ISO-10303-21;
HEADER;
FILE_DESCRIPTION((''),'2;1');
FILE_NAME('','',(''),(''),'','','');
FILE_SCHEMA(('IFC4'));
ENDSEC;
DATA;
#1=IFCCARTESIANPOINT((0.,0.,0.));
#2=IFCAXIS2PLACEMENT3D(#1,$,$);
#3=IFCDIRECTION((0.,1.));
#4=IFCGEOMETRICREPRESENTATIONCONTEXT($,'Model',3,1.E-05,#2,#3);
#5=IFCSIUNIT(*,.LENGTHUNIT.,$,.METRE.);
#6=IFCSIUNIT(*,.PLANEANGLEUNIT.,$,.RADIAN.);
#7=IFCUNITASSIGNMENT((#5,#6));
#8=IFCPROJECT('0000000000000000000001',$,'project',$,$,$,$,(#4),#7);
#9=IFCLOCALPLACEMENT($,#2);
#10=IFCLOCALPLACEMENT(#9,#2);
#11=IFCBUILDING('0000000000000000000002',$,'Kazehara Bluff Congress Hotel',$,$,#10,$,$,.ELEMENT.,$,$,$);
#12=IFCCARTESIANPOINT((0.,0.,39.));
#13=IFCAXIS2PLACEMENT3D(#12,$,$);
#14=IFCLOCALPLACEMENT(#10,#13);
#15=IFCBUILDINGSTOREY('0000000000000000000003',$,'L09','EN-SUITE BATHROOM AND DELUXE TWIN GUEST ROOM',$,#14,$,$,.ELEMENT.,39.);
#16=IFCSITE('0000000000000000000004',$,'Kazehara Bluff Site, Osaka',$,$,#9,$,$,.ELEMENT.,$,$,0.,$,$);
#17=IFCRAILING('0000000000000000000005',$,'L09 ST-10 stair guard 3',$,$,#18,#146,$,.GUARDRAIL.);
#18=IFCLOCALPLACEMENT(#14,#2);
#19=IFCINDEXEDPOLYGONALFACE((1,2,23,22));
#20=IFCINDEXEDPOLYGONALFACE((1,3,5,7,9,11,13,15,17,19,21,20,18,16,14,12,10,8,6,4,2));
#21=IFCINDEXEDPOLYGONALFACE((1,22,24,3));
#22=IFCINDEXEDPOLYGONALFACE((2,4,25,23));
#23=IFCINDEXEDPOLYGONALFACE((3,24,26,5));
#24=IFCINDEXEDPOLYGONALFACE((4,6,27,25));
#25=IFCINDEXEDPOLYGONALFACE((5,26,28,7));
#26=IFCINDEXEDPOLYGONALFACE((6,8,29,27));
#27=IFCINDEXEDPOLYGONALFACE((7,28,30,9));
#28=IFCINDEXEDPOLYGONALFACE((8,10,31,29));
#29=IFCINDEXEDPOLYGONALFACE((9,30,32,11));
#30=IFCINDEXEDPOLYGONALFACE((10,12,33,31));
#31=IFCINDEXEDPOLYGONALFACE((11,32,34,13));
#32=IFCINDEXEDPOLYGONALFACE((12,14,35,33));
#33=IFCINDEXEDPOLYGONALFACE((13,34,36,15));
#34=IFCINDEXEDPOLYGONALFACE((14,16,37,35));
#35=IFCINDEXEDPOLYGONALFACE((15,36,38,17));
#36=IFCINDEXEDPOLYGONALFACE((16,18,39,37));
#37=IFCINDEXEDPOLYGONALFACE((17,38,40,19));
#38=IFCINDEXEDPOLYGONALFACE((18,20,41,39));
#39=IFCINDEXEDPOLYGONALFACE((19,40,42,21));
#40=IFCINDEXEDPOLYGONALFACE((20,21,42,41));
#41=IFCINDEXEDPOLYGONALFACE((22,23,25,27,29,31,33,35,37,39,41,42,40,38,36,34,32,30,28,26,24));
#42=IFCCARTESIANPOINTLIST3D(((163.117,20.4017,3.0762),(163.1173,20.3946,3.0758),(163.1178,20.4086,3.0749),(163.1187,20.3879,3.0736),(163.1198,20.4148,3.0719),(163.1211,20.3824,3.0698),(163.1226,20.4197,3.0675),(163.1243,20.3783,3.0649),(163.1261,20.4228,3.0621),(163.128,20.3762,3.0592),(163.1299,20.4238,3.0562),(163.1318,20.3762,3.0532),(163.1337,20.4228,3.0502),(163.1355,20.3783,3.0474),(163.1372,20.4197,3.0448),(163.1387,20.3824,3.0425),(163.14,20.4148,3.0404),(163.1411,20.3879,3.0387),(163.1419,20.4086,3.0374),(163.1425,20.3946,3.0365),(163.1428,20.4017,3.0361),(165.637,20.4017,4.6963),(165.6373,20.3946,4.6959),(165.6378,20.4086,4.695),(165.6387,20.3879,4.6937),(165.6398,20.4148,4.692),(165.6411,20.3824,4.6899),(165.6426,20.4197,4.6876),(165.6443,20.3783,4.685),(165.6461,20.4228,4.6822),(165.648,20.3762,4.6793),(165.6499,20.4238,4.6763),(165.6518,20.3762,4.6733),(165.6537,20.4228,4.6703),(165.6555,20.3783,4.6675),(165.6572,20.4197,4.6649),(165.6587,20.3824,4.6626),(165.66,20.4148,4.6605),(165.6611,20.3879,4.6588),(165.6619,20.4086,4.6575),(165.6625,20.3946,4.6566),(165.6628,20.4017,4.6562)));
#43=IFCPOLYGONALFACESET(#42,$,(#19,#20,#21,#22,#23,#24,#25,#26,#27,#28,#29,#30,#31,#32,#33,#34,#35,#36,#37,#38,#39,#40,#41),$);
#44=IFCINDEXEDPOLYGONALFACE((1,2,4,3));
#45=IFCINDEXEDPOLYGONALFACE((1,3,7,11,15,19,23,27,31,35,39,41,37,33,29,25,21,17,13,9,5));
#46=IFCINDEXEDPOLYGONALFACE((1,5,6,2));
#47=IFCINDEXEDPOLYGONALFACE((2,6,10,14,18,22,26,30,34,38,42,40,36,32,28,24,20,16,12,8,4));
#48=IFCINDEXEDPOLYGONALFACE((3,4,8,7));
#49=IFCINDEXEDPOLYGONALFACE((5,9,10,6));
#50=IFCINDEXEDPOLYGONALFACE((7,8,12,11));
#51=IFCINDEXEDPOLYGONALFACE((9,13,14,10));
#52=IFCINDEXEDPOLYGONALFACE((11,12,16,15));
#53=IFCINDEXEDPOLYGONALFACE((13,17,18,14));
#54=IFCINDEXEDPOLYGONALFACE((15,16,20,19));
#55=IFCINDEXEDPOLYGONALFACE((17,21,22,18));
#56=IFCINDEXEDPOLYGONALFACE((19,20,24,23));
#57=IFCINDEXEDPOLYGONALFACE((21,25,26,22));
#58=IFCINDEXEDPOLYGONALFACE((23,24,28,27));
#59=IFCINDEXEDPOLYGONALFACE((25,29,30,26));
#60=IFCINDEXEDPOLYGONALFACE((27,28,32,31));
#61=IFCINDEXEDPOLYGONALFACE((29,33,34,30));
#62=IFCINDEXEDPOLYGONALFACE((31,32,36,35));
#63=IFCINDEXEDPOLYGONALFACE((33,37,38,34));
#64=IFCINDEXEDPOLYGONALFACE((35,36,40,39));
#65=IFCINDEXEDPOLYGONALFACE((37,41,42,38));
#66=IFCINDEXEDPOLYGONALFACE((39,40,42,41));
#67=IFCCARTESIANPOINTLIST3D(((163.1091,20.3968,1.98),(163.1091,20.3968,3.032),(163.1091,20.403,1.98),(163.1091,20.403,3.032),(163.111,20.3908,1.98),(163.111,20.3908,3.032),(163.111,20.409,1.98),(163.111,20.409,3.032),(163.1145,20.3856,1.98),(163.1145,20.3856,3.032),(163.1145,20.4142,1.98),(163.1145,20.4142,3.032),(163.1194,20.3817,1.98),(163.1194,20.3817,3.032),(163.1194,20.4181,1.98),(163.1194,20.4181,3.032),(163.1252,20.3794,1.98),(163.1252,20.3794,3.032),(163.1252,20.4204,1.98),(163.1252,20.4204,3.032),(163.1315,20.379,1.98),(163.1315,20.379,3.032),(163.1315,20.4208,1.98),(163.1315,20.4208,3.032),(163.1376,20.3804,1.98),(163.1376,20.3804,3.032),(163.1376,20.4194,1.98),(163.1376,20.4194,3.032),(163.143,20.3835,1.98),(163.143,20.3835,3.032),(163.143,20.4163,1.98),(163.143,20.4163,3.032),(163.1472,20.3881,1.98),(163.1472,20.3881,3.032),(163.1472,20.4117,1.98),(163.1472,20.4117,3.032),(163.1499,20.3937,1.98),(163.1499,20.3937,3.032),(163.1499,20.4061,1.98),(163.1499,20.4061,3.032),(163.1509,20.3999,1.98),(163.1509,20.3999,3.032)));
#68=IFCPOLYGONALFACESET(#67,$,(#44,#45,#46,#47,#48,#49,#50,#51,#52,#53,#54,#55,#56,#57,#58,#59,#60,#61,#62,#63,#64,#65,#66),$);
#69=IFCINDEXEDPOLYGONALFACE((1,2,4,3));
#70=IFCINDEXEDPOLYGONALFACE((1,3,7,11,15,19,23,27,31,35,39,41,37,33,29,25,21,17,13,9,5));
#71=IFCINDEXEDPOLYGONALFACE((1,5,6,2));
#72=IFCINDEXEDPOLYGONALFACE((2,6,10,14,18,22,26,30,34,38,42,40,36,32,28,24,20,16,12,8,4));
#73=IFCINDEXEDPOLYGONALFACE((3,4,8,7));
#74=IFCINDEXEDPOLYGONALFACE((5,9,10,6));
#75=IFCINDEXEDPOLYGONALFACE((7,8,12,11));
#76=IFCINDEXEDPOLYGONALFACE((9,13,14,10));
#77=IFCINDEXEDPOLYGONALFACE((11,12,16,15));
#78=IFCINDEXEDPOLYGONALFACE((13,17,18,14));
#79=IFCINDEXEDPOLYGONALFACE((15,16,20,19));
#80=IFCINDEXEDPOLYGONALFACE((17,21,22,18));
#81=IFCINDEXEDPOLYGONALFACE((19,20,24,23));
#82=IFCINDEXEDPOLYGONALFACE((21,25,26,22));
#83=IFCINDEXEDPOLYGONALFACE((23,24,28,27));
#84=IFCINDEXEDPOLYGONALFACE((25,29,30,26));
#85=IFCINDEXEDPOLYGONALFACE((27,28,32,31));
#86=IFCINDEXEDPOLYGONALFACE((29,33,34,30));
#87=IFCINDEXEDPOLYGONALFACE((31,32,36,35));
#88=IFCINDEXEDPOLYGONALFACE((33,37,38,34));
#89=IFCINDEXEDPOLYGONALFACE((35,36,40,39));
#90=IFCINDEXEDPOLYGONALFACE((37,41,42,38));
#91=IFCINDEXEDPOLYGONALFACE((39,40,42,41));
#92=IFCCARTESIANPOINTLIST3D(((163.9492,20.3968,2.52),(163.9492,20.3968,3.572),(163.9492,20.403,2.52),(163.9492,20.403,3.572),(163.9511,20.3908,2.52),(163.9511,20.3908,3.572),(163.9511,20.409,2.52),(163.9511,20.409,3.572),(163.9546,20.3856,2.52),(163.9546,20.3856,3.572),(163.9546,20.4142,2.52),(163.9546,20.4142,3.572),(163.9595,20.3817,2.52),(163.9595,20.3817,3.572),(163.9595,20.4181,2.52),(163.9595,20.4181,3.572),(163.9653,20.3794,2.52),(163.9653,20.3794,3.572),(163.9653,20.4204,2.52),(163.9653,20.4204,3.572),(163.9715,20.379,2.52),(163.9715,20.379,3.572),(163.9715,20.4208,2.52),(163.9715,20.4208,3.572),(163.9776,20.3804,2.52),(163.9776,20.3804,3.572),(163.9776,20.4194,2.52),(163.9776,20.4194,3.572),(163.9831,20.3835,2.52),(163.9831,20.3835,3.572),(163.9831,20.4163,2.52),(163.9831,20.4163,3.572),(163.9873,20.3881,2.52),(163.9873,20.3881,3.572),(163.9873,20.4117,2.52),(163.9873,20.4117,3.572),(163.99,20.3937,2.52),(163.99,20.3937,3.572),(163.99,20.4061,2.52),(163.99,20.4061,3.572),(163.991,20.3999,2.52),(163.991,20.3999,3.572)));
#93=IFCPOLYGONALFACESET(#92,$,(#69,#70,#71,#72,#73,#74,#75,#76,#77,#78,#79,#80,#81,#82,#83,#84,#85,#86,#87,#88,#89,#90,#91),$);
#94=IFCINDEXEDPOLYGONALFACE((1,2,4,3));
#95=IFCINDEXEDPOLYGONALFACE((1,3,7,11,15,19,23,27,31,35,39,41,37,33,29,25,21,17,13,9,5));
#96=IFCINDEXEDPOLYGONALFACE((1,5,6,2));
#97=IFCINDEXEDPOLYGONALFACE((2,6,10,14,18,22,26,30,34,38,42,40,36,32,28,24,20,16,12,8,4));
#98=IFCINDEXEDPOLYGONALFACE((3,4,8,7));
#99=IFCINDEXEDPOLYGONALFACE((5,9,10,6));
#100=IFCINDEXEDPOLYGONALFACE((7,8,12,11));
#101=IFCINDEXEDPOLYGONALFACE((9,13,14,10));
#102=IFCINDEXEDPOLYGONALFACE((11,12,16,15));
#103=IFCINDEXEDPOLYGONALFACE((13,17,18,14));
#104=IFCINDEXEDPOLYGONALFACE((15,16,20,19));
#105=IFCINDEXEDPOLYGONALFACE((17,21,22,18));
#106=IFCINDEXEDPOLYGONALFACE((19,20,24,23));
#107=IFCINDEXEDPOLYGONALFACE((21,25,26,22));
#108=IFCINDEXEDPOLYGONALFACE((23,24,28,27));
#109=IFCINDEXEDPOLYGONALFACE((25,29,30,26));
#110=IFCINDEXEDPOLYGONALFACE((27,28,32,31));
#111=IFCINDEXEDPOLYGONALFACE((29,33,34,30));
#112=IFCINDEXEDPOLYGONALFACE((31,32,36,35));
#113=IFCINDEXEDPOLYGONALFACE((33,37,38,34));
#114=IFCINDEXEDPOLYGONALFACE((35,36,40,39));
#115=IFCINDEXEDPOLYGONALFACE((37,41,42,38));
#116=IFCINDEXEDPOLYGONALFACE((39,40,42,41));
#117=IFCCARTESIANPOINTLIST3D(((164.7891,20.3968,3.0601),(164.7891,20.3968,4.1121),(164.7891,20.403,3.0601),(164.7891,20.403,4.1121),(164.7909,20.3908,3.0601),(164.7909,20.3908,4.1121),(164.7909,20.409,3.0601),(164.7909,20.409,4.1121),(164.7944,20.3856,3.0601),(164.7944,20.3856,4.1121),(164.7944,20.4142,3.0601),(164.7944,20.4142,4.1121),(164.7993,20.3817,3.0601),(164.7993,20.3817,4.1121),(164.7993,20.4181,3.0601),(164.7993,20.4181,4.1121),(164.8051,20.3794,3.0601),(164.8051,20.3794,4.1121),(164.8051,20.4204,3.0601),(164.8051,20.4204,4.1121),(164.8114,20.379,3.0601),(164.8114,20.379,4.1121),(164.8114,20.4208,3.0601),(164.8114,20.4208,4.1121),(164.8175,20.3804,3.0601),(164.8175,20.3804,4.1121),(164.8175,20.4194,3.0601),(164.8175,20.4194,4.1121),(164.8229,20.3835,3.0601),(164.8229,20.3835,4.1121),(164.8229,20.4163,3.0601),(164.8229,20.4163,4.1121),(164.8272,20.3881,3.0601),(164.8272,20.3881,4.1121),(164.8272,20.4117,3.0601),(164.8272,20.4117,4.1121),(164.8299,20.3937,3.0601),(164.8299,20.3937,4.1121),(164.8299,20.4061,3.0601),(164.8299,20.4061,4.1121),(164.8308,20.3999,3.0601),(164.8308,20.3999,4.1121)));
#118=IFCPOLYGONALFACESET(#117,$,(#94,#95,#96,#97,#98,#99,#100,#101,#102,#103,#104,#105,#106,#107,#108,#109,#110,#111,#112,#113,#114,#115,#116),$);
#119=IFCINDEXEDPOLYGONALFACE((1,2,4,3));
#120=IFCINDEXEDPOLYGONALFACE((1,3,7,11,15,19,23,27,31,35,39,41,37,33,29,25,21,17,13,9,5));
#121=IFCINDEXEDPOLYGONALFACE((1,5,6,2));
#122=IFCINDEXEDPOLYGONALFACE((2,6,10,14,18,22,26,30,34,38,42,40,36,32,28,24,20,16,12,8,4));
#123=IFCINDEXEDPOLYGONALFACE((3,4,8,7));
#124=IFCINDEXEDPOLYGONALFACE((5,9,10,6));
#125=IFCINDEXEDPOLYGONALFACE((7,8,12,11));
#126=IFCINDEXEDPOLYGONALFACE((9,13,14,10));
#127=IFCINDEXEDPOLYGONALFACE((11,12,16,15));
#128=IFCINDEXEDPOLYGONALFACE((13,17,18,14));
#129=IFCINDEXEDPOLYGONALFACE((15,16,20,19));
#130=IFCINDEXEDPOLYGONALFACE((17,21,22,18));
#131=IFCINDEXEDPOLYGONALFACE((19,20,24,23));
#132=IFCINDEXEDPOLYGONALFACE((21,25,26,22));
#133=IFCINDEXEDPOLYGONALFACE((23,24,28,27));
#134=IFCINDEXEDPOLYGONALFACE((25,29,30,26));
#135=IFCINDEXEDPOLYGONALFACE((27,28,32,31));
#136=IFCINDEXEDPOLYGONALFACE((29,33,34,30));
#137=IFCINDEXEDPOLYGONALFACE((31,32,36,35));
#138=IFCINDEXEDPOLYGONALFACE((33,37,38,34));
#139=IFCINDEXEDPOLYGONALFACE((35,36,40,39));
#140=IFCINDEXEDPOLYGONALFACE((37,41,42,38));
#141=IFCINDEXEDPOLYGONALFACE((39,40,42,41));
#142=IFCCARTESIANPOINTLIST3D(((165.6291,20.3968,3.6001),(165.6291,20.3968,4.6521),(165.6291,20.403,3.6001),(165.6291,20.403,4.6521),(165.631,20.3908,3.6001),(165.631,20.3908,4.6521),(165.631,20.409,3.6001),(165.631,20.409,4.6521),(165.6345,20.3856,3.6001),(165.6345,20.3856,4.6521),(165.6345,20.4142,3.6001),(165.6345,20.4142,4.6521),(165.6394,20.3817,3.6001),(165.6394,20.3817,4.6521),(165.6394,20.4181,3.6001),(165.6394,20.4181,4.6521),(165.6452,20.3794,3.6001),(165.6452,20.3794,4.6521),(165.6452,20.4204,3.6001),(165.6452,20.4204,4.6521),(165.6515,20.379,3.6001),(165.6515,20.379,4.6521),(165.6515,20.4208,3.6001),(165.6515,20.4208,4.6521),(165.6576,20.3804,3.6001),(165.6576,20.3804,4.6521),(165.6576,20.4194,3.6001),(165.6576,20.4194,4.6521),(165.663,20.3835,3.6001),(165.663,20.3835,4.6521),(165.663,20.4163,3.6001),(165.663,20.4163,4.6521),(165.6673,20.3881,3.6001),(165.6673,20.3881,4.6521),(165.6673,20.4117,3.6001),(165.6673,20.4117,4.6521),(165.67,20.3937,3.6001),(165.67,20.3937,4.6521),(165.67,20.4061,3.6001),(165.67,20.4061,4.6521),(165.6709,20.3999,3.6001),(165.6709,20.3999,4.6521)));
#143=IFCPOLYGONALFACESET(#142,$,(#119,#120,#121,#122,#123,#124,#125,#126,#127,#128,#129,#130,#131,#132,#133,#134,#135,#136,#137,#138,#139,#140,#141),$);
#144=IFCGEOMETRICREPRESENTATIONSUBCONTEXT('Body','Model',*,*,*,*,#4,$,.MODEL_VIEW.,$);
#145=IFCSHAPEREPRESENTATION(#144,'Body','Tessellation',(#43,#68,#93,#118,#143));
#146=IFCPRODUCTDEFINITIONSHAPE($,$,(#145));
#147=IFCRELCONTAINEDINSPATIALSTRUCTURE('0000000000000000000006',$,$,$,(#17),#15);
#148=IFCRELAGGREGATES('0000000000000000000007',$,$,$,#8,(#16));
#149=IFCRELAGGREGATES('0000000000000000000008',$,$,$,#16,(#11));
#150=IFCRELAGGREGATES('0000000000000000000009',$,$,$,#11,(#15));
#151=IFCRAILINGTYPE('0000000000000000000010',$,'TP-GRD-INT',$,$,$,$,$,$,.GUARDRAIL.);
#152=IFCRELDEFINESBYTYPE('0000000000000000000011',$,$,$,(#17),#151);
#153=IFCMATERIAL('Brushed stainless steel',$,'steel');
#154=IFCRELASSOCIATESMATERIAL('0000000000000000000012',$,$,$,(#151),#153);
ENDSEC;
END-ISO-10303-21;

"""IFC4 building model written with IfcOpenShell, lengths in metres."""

from ifc_helpers import new_model, si_unit, direction, frame, origin, origin_2d, place, context, subcontext, project, spatial, circle, extrude, material, type_object, element, save


model = new_model("IFC4")

# Units and contexts
model_context = context("Model", 3, precision=1e-05, world=origin(), true_north=direction((0.0, 1.0)))
body_context = subcontext(model_context, "Body", "Model", "MODEL_VIEW")
ifc_project = project(units=[si_unit("LENGTHUNIT", "METRE"), si_unit("PLANEANGLEUNIT", "RADIAN")], contexts=[model_context])

# Site, building, storey
site_placement = place(None, origin())
site = spatial("IfcSite", under=ifc_project, at=site_placement, Name="Kazehara Bluff Site, Osaka", CompositionType="ELEMENT", RefElevation=0.0)
building_placement = place(site_placement, origin())
building = spatial("IfcBuilding", under=site, at=building_placement, Name="Kazehara Bluff Congress Hotel", CompositionType="ELEMENT")
storey_placement = place(building_placement, frame((0.0, 0.0, 39.0)))
storey = spatial("IfcBuildingStorey", under=building, at=storey_placement, Name="L09", Description="EN-SUITE BATHROOM AND DELUXE TWIN GUEST ROOM", CompositionType="ELEMENT", Elevation=39.0)

# Railing
ifc_material_1 = material(Name="Brushed stainless steel", Category="steel")
railing_type_1 = type_object("IfcRailingType", Name="TP-GRD-INT", PredefinedType="GUARDRAIL", material=ifc_material_1)
railing_1_placement = place(storey_placement, frame((163.1299, 20.3999, 1.98)))
element("IfcRailing", 1, at=railing_1_placement, inside=storey, type_object=railing_type_1, Name="L09 ST-10 stair guard 3", PredefinedType="GUARDRAIL", context=body_context, shape_type="SweptSolid", body=[
    extrude(circle(Radius=0.0239, at=origin_2d()), frame((0.0, 0.0, 1.0762), z_axis=(0.841163, 0.0, 0.540782), x_axis=(0.0, 1.0, 0.0)), (0.0, 0.0, 1.0), 2.9958),
    extrude(circle(Radius=0.021, at=origin_2d()), origin(), (0.0, 0.0, 1.0), 1.052),
    extrude(circle(Radius=0.021, at=origin_2d()), frame((0.8401, 0.0, 0.54)), (0.0, 0.0, 1.0), 1.052),
    extrude(circle(Radius=0.021, at=origin_2d()), frame((1.6799, 0.0, 1.0801)), (0.0, 0.0, 1.0), 1.052),
    extrude(circle(Radius=0.021, at=origin_2d()), frame((2.52, 0.0, 1.6201)), (0.0, 0.0, 1.0), 1.052),
])

save(model, "model.ifc")
